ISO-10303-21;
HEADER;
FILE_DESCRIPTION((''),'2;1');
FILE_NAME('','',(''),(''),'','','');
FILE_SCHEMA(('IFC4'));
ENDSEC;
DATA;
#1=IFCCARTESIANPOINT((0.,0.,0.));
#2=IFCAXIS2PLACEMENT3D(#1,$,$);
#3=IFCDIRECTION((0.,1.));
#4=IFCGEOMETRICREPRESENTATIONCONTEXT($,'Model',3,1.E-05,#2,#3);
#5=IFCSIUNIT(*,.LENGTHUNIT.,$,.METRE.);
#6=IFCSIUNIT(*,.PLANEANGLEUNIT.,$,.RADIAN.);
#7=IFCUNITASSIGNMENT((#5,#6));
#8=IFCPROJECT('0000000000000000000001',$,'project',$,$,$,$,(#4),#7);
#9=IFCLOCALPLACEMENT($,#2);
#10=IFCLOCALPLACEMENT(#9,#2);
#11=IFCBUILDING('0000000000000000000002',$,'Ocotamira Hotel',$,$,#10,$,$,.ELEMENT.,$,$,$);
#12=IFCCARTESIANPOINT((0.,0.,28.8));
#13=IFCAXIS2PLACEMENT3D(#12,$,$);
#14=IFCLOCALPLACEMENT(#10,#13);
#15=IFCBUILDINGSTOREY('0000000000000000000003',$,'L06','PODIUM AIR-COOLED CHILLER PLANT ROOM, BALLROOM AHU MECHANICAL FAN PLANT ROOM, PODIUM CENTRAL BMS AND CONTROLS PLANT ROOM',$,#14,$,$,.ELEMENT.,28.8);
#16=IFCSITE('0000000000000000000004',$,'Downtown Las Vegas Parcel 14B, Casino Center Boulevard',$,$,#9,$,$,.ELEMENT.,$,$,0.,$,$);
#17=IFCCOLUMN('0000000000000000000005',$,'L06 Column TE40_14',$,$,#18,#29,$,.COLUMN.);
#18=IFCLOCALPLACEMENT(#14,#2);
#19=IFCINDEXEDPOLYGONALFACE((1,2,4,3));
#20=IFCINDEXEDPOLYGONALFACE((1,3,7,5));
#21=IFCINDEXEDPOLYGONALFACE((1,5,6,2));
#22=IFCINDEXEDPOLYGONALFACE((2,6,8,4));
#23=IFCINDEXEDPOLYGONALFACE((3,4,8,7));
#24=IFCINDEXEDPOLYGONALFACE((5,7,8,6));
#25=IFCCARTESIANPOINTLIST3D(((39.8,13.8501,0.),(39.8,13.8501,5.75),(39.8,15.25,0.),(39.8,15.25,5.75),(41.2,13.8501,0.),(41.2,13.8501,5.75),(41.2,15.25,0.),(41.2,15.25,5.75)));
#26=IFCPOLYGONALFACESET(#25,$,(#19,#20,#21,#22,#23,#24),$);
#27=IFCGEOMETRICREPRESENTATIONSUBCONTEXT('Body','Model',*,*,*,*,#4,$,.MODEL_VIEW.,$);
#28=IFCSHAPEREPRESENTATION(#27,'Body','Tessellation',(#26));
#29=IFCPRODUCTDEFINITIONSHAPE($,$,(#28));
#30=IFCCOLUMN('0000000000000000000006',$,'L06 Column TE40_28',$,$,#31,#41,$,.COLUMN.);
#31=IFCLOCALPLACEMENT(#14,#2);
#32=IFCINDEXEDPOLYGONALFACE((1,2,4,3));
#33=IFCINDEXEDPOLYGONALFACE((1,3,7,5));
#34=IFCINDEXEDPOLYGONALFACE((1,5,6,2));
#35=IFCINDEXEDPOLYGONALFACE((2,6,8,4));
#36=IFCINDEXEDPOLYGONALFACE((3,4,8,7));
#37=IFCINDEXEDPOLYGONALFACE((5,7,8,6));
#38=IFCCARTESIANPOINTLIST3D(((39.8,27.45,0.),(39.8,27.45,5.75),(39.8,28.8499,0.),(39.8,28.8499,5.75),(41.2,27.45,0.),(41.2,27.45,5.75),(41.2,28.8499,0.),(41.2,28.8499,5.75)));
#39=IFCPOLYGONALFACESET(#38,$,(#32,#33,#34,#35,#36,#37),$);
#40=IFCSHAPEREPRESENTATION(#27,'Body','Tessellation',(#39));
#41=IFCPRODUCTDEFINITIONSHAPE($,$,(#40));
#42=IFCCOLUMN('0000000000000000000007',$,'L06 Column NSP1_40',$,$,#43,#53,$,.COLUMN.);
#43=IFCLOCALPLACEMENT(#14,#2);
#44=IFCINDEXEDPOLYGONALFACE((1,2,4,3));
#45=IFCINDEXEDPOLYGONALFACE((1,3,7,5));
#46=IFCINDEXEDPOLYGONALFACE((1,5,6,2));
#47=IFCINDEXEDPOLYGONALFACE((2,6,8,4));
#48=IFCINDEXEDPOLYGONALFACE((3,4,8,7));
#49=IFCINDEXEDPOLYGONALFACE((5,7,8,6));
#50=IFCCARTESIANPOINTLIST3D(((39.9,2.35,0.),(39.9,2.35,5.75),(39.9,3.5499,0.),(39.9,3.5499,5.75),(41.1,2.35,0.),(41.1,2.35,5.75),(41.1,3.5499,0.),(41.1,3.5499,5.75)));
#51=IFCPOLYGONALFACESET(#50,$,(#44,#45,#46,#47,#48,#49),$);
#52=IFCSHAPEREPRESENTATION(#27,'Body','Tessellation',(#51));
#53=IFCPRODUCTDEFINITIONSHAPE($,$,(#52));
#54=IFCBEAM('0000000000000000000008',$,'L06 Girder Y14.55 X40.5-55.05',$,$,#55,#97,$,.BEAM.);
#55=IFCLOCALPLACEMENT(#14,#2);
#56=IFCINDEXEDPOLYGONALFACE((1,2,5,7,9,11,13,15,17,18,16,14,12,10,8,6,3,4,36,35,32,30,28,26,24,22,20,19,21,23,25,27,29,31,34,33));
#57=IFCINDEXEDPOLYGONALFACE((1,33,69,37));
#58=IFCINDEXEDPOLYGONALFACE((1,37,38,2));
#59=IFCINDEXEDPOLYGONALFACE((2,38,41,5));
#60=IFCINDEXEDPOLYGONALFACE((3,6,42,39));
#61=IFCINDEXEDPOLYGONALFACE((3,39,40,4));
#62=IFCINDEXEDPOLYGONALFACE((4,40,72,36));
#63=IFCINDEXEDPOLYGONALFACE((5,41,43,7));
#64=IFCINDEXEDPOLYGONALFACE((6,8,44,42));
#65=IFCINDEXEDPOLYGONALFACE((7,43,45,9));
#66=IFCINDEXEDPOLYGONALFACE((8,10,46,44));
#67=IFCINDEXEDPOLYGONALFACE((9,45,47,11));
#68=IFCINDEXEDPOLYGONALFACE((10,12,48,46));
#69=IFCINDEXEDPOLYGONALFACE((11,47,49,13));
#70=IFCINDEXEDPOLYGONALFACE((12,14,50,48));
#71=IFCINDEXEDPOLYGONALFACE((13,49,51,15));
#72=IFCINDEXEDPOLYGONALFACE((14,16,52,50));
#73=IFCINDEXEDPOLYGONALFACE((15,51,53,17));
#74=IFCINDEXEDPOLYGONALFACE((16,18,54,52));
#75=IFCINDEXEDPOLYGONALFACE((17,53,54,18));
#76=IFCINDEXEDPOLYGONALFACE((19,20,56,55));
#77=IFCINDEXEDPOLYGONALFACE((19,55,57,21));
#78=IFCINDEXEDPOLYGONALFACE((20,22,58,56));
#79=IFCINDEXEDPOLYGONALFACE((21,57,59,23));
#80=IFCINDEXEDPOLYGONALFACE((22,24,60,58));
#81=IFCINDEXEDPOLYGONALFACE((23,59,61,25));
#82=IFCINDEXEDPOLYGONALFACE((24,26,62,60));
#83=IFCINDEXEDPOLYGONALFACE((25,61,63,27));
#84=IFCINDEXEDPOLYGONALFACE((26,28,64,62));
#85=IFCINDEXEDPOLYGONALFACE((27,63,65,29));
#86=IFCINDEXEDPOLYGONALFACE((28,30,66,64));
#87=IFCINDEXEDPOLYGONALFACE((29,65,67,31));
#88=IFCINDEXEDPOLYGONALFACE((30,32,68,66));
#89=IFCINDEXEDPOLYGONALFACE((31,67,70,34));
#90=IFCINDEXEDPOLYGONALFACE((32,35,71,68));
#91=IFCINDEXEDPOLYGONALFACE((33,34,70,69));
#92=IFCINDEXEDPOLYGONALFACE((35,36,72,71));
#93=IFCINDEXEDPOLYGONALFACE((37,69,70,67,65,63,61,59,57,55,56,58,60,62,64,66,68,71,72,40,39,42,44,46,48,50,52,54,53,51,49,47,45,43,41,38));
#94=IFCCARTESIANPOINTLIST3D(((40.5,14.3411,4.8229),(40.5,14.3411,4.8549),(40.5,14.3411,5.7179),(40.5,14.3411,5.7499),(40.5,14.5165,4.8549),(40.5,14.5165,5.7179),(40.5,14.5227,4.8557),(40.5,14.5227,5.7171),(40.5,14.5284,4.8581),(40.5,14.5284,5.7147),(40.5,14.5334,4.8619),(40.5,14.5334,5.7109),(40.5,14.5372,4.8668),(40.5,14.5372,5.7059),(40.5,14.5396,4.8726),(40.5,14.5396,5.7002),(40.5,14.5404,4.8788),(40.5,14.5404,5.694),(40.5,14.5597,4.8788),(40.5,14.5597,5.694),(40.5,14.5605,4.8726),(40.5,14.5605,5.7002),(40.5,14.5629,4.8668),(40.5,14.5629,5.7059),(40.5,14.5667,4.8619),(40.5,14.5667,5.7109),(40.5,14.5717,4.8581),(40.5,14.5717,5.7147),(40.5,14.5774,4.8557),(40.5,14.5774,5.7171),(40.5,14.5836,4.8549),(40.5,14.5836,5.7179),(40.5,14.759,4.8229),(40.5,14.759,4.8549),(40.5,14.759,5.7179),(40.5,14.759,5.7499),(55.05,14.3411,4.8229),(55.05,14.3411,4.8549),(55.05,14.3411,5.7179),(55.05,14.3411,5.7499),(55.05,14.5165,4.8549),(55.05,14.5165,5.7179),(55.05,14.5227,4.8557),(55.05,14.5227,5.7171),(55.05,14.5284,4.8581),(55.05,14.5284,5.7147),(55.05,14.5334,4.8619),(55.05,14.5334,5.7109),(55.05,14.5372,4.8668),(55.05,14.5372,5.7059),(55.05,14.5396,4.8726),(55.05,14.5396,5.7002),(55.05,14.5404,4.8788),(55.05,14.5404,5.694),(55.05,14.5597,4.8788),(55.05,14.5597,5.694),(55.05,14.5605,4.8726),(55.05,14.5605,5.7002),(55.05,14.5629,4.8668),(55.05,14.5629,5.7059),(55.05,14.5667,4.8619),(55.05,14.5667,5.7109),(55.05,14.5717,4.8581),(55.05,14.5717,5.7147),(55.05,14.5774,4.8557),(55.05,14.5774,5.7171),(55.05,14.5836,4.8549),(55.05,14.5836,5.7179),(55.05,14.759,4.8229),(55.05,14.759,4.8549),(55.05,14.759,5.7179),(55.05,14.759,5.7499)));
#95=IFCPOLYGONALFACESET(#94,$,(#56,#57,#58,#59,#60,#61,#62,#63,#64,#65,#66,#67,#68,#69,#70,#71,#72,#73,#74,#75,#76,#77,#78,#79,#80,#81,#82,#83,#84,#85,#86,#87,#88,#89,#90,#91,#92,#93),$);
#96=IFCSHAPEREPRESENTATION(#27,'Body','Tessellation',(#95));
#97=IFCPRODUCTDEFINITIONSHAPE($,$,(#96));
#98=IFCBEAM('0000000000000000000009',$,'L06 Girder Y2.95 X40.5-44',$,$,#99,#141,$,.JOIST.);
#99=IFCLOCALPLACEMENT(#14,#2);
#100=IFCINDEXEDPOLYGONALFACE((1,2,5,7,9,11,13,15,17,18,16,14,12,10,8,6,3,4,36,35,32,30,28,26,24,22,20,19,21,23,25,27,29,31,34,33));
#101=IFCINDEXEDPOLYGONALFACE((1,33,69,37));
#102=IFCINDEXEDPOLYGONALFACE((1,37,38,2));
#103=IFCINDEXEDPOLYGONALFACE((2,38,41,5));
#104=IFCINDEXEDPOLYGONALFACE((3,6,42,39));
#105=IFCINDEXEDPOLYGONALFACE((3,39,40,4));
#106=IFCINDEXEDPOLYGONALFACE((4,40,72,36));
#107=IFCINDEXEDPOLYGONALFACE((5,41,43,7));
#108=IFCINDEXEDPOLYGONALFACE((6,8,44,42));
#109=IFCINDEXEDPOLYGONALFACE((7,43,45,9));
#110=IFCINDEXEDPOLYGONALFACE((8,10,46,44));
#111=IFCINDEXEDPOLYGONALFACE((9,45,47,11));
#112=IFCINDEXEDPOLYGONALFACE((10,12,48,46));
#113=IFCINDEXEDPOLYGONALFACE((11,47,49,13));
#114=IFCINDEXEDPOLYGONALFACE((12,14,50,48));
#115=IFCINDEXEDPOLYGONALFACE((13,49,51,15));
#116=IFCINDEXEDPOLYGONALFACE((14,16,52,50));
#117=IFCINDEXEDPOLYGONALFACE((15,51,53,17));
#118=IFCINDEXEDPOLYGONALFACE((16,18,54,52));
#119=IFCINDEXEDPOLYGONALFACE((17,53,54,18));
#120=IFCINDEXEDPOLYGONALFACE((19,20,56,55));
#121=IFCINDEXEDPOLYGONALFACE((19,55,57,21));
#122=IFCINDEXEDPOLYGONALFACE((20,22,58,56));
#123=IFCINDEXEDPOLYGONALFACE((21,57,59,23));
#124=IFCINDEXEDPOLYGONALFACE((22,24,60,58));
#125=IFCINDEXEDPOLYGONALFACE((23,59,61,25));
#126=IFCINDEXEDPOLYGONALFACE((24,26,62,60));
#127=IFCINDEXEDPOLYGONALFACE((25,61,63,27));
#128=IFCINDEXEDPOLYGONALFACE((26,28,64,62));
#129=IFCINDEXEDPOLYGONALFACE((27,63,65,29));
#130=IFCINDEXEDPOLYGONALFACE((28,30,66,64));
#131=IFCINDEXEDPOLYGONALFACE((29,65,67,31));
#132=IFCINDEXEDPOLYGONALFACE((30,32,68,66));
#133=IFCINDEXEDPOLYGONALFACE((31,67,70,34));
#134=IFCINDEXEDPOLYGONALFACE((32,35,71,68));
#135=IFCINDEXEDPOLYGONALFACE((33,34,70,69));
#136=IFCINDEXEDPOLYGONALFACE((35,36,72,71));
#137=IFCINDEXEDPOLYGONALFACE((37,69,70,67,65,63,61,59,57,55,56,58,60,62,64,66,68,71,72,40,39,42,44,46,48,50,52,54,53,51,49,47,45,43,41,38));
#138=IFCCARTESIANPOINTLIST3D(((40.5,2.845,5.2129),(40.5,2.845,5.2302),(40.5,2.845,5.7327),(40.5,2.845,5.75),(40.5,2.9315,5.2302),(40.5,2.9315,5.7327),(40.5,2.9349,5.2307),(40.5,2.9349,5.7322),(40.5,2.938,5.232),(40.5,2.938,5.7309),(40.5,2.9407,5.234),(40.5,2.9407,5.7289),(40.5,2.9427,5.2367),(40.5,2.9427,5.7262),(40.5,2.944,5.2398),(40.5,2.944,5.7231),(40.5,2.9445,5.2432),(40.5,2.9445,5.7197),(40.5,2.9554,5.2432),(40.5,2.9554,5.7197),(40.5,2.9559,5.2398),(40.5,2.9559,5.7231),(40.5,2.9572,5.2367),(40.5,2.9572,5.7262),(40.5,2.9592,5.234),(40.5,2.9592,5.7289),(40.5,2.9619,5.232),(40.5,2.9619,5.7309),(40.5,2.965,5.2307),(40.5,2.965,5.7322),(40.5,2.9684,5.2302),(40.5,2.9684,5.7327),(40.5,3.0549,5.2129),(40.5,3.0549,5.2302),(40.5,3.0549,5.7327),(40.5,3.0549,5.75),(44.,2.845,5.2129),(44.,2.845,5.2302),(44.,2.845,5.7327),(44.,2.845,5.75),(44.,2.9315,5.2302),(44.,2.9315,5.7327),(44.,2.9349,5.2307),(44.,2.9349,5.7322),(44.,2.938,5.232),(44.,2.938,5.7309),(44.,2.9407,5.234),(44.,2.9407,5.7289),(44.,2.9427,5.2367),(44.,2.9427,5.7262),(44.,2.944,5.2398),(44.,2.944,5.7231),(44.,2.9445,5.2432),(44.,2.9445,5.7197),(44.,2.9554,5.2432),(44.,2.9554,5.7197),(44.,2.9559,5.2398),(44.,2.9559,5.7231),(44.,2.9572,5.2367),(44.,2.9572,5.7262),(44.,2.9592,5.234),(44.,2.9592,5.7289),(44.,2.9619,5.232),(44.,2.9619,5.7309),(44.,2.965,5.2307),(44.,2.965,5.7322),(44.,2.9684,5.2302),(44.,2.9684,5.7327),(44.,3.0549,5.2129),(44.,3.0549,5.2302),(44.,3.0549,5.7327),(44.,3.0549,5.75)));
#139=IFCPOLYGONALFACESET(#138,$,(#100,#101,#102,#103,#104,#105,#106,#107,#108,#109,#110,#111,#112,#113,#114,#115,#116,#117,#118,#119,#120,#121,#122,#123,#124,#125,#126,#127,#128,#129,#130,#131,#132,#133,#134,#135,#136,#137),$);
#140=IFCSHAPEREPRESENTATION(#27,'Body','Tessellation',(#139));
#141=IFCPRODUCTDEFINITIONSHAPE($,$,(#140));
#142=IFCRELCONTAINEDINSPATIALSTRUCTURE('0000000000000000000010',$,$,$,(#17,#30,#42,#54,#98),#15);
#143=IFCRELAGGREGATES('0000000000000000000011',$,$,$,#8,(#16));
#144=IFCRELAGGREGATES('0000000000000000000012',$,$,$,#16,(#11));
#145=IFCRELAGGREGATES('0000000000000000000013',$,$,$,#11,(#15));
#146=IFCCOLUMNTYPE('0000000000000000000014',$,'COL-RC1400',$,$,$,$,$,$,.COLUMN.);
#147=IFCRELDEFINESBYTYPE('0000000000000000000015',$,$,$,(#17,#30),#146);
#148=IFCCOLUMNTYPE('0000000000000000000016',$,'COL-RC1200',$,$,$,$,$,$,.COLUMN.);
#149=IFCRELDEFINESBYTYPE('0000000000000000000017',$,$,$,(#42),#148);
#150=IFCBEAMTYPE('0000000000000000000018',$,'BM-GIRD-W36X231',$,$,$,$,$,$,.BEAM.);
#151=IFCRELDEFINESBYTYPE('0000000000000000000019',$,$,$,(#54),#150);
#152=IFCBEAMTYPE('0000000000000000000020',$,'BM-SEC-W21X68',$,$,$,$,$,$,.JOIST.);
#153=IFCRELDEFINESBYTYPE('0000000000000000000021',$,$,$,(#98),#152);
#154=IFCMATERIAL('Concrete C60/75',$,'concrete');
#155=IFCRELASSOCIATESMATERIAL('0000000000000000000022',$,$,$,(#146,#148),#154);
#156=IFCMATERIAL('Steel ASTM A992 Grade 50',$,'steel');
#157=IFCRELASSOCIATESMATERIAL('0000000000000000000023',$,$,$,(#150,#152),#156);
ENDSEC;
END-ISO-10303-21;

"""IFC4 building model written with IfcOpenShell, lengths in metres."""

from ifc_helpers import new_model, si_unit, direction, frame, origin, origin_2d, place, context, subcontext, project, spatial, rectangle, i_section, extrude, source, transform, mapped, material, material_profile, profile_set, type_object, element, save


model = new_model("IFC4")

# Units and contexts
model_context = context("Model", 3, precision=1e-05, world=origin(), true_north=direction((0.0, 1.0)))
body_context = subcontext(model_context, "Body", "Model", "MODEL_VIEW")
ifc_project = project(units=[si_unit("LENGTHUNIT", "METRE"), si_unit("PLANEANGLEUNIT", "RADIAN")], contexts=[model_context])

# Site, building, storey
site_placement = place(None, origin())
site = spatial("IfcSite", under=ifc_project, at=site_placement, Name="Downtown Las Vegas Parcel 14B, Casino Center Boulevard", CompositionType="ELEMENT", RefElevation=0.0)
building_placement = place(site_placement, origin())
building = spatial("IfcBuilding", under=site, at=building_placement, Name="Ocotamira Hotel", CompositionType="ELEMENT")
storey_placement = place(building_placement, frame((0.0, 0.0, 28.8)))
storey = spatial("IfcBuildingStorey", under=building, at=storey_placement, Name="L06", Description="PODIUM AIR-COOLED CHILLER PLANT ROOM, BALLROOM AHU MECHANICAL FAN PLANT ROOM, PODIUM CENTRAL BMS AND CONTROLS PLANT ROOM", CompositionType="ELEMENT", Elevation=28.8)

# Columns
ifc_material_1 = material(Name="Concrete C60/75", Category="concrete")
ifc_material_profile_1 = material_profile(ifc_material_1, rectangle(XDim=1.3999, YDim=1.3999, at=origin_2d()), Name="RC1400X1400")
ifc_profile_set_1 = profile_set([ifc_material_profile_1], Name="Concrete C60/75")
column_type_1 = type_object("IfcColumnType", Name="COL-RC1400", PredefinedType="COLUMN", material=ifc_profile_set_1)
shared_shape_1 = source(origin(), body_context, "Body", "SweptSolid", [
    extrude(rectangle(XDim=1.3999, YDim=1.3999, at=origin_2d()), origin(), (0.0, 0.0, 1.0), 5.75),
])
for number, where, z_axis, x_axis, name in (
    (1, (40.5, 14.55, 0.0), (0.0, 0.0, 1.0), (1.0, 0.0, 0.0), "L06 Column TE40_14"),
    (2, (40.5, 28.1499, 0.0), (0.0, 0.0, 1.0), (1.0, 0.0, 0.0), "L06 Column TE40_28"),
):
    element("IfcColumn", number, at=place(storey_placement, frame(where, z_axis=z_axis, x_axis=x_axis)), inside=storey, type_object=column_type_1, Name=name, PredefinedType="COLUMN", context=body_context, shape_type="MappedRepresentation", body=[
        mapped(shared_shape_1, transform((0.0, 0.0, 0.0), scale=1.0)),
    ])
ifc_material_profile_2 = material_profile(ifc_material_1, rectangle(XDim=1.2, YDim=1.2, at=origin_2d()), Name="RC1200X1200")
ifc_profile_set_2 = profile_set([ifc_material_profile_2], Name="Concrete C60/75")
column_type_2 = type_object("IfcColumnType", Name="COL-RC1200", PredefinedType="COLUMN", material=ifc_profile_set_2)
shared_shape_2 = source(origin(), body_context, "Body", "SweptSolid", [
    extrude(rectangle(XDim=1.2, YDim=1.2, at=origin_2d()), origin(), (0.0, 0.0, 1.0), 5.75),
])
column_placement = place(storey_placement, frame((40.5, 2.95, 0.0), z_axis=(0.0, 0.0, 1.0), x_axis=(1.0, 0.0, 0.0)))
element("IfcColumn", 3, at=column_placement, inside=storey, type_object=column_type_2, Name="L06 Column NSP1_40", PredefinedType="COLUMN", context=body_context, shape_type="MappedRepresentation", body=[
    mapped(shared_shape_2, transform((0.0, 0.0, 0.0), scale=1.0)),
])

# Beams
ifc_material_2 = material(Name="Steel ASTM A992 Grade 50", Category="steel")
ifc_material_profile_3 = material_profile(ifc_material_2, i_section(OverallWidth=0.418, OverallDepth=0.927, WebThickness=0.0193, FlangeThickness=0.032, FilletRadius=0.0239, at=origin_2d()), Name="W36X231")
ifc_profile_set_3 = profile_set([ifc_material_profile_3], Name="Steel ASTM A992 Grade 50")
beam_type_1 = type_object("IfcBeamType", Name="BM-GIRD-W36X231", PredefinedType="BEAM", material=ifc_profile_set_3)
shared_shape_3 = source(origin(), body_context, "Body", "SweptSolid", [
    extrude(i_section(OverallWidth=0.418, OverallDepth=0.927, WebThickness=0.0193, FlangeThickness=0.032, FilletRadius=0.0239, at=origin_2d()), origin(), (0.0, 0.0, 1.0), 14.55),
])
beam_1_placement = place(storey_placement, frame((40.5, 14.55, 5.2864), z_axis=(1.0, 0.0, 0.0), x_axis=(0.0, 1.0, 0.0)))
element("IfcBeam", 4, at=beam_1_placement, inside=storey, type_object=beam_type_1, Name="L06 Girder Y14.55 X40.5-55.05", PredefinedType="BEAM", context=body_context, shape_type="MappedRepresentation", body=[
    mapped(shared_shape_3, transform((0.0, 0.0, 0.0), scale=1.0)),
])
ifc_material_profile_4 = material_profile(ifc_material_2, i_section(OverallWidth=0.21, OverallDepth=0.5371, WebThickness=0.011, FlangeThickness=0.0173, FilletRadius=0.0129, at=origin_2d()), Name="W21X68")
ifc_profile_set_4 = profile_set([ifc_material_profile_4], Name="Steel ASTM A992 Grade 50")
beam_type_2 = type_object("IfcBeamType", Name="BM-SEC-W21X68", PredefinedType="JOIST", material=ifc_profile_set_4)
shared_shape_4 = source(origin(), body_context, "Body", "SweptSolid", [
    extrude(i_section(OverallWidth=0.21, OverallDepth=0.5371, WebThickness=0.011, FlangeThickness=0.0173, FilletRadius=0.0129, at=origin_2d()), origin(), (0.0, 0.0, 1.0), 3.5),
])
beam_2_placement = place(storey_placement, frame((40.5, 2.95, 5.4814), z_axis=(1.0, 0.0, 0.0), x_axis=(0.0, 1.0, 0.0)))
element("IfcBeam", 5, at=beam_2_placement, inside=storey, type_object=beam_type_2, Name="L06 Girder Y2.95 X40.5-44", PredefinedType="JOIST", context=body_context, shape_type="MappedRepresentation", body=[
    mapped(shared_shape_4, transform((0.0, 0.0, 0.0), scale=1.0)),
])

save(model, "model.ifc")
